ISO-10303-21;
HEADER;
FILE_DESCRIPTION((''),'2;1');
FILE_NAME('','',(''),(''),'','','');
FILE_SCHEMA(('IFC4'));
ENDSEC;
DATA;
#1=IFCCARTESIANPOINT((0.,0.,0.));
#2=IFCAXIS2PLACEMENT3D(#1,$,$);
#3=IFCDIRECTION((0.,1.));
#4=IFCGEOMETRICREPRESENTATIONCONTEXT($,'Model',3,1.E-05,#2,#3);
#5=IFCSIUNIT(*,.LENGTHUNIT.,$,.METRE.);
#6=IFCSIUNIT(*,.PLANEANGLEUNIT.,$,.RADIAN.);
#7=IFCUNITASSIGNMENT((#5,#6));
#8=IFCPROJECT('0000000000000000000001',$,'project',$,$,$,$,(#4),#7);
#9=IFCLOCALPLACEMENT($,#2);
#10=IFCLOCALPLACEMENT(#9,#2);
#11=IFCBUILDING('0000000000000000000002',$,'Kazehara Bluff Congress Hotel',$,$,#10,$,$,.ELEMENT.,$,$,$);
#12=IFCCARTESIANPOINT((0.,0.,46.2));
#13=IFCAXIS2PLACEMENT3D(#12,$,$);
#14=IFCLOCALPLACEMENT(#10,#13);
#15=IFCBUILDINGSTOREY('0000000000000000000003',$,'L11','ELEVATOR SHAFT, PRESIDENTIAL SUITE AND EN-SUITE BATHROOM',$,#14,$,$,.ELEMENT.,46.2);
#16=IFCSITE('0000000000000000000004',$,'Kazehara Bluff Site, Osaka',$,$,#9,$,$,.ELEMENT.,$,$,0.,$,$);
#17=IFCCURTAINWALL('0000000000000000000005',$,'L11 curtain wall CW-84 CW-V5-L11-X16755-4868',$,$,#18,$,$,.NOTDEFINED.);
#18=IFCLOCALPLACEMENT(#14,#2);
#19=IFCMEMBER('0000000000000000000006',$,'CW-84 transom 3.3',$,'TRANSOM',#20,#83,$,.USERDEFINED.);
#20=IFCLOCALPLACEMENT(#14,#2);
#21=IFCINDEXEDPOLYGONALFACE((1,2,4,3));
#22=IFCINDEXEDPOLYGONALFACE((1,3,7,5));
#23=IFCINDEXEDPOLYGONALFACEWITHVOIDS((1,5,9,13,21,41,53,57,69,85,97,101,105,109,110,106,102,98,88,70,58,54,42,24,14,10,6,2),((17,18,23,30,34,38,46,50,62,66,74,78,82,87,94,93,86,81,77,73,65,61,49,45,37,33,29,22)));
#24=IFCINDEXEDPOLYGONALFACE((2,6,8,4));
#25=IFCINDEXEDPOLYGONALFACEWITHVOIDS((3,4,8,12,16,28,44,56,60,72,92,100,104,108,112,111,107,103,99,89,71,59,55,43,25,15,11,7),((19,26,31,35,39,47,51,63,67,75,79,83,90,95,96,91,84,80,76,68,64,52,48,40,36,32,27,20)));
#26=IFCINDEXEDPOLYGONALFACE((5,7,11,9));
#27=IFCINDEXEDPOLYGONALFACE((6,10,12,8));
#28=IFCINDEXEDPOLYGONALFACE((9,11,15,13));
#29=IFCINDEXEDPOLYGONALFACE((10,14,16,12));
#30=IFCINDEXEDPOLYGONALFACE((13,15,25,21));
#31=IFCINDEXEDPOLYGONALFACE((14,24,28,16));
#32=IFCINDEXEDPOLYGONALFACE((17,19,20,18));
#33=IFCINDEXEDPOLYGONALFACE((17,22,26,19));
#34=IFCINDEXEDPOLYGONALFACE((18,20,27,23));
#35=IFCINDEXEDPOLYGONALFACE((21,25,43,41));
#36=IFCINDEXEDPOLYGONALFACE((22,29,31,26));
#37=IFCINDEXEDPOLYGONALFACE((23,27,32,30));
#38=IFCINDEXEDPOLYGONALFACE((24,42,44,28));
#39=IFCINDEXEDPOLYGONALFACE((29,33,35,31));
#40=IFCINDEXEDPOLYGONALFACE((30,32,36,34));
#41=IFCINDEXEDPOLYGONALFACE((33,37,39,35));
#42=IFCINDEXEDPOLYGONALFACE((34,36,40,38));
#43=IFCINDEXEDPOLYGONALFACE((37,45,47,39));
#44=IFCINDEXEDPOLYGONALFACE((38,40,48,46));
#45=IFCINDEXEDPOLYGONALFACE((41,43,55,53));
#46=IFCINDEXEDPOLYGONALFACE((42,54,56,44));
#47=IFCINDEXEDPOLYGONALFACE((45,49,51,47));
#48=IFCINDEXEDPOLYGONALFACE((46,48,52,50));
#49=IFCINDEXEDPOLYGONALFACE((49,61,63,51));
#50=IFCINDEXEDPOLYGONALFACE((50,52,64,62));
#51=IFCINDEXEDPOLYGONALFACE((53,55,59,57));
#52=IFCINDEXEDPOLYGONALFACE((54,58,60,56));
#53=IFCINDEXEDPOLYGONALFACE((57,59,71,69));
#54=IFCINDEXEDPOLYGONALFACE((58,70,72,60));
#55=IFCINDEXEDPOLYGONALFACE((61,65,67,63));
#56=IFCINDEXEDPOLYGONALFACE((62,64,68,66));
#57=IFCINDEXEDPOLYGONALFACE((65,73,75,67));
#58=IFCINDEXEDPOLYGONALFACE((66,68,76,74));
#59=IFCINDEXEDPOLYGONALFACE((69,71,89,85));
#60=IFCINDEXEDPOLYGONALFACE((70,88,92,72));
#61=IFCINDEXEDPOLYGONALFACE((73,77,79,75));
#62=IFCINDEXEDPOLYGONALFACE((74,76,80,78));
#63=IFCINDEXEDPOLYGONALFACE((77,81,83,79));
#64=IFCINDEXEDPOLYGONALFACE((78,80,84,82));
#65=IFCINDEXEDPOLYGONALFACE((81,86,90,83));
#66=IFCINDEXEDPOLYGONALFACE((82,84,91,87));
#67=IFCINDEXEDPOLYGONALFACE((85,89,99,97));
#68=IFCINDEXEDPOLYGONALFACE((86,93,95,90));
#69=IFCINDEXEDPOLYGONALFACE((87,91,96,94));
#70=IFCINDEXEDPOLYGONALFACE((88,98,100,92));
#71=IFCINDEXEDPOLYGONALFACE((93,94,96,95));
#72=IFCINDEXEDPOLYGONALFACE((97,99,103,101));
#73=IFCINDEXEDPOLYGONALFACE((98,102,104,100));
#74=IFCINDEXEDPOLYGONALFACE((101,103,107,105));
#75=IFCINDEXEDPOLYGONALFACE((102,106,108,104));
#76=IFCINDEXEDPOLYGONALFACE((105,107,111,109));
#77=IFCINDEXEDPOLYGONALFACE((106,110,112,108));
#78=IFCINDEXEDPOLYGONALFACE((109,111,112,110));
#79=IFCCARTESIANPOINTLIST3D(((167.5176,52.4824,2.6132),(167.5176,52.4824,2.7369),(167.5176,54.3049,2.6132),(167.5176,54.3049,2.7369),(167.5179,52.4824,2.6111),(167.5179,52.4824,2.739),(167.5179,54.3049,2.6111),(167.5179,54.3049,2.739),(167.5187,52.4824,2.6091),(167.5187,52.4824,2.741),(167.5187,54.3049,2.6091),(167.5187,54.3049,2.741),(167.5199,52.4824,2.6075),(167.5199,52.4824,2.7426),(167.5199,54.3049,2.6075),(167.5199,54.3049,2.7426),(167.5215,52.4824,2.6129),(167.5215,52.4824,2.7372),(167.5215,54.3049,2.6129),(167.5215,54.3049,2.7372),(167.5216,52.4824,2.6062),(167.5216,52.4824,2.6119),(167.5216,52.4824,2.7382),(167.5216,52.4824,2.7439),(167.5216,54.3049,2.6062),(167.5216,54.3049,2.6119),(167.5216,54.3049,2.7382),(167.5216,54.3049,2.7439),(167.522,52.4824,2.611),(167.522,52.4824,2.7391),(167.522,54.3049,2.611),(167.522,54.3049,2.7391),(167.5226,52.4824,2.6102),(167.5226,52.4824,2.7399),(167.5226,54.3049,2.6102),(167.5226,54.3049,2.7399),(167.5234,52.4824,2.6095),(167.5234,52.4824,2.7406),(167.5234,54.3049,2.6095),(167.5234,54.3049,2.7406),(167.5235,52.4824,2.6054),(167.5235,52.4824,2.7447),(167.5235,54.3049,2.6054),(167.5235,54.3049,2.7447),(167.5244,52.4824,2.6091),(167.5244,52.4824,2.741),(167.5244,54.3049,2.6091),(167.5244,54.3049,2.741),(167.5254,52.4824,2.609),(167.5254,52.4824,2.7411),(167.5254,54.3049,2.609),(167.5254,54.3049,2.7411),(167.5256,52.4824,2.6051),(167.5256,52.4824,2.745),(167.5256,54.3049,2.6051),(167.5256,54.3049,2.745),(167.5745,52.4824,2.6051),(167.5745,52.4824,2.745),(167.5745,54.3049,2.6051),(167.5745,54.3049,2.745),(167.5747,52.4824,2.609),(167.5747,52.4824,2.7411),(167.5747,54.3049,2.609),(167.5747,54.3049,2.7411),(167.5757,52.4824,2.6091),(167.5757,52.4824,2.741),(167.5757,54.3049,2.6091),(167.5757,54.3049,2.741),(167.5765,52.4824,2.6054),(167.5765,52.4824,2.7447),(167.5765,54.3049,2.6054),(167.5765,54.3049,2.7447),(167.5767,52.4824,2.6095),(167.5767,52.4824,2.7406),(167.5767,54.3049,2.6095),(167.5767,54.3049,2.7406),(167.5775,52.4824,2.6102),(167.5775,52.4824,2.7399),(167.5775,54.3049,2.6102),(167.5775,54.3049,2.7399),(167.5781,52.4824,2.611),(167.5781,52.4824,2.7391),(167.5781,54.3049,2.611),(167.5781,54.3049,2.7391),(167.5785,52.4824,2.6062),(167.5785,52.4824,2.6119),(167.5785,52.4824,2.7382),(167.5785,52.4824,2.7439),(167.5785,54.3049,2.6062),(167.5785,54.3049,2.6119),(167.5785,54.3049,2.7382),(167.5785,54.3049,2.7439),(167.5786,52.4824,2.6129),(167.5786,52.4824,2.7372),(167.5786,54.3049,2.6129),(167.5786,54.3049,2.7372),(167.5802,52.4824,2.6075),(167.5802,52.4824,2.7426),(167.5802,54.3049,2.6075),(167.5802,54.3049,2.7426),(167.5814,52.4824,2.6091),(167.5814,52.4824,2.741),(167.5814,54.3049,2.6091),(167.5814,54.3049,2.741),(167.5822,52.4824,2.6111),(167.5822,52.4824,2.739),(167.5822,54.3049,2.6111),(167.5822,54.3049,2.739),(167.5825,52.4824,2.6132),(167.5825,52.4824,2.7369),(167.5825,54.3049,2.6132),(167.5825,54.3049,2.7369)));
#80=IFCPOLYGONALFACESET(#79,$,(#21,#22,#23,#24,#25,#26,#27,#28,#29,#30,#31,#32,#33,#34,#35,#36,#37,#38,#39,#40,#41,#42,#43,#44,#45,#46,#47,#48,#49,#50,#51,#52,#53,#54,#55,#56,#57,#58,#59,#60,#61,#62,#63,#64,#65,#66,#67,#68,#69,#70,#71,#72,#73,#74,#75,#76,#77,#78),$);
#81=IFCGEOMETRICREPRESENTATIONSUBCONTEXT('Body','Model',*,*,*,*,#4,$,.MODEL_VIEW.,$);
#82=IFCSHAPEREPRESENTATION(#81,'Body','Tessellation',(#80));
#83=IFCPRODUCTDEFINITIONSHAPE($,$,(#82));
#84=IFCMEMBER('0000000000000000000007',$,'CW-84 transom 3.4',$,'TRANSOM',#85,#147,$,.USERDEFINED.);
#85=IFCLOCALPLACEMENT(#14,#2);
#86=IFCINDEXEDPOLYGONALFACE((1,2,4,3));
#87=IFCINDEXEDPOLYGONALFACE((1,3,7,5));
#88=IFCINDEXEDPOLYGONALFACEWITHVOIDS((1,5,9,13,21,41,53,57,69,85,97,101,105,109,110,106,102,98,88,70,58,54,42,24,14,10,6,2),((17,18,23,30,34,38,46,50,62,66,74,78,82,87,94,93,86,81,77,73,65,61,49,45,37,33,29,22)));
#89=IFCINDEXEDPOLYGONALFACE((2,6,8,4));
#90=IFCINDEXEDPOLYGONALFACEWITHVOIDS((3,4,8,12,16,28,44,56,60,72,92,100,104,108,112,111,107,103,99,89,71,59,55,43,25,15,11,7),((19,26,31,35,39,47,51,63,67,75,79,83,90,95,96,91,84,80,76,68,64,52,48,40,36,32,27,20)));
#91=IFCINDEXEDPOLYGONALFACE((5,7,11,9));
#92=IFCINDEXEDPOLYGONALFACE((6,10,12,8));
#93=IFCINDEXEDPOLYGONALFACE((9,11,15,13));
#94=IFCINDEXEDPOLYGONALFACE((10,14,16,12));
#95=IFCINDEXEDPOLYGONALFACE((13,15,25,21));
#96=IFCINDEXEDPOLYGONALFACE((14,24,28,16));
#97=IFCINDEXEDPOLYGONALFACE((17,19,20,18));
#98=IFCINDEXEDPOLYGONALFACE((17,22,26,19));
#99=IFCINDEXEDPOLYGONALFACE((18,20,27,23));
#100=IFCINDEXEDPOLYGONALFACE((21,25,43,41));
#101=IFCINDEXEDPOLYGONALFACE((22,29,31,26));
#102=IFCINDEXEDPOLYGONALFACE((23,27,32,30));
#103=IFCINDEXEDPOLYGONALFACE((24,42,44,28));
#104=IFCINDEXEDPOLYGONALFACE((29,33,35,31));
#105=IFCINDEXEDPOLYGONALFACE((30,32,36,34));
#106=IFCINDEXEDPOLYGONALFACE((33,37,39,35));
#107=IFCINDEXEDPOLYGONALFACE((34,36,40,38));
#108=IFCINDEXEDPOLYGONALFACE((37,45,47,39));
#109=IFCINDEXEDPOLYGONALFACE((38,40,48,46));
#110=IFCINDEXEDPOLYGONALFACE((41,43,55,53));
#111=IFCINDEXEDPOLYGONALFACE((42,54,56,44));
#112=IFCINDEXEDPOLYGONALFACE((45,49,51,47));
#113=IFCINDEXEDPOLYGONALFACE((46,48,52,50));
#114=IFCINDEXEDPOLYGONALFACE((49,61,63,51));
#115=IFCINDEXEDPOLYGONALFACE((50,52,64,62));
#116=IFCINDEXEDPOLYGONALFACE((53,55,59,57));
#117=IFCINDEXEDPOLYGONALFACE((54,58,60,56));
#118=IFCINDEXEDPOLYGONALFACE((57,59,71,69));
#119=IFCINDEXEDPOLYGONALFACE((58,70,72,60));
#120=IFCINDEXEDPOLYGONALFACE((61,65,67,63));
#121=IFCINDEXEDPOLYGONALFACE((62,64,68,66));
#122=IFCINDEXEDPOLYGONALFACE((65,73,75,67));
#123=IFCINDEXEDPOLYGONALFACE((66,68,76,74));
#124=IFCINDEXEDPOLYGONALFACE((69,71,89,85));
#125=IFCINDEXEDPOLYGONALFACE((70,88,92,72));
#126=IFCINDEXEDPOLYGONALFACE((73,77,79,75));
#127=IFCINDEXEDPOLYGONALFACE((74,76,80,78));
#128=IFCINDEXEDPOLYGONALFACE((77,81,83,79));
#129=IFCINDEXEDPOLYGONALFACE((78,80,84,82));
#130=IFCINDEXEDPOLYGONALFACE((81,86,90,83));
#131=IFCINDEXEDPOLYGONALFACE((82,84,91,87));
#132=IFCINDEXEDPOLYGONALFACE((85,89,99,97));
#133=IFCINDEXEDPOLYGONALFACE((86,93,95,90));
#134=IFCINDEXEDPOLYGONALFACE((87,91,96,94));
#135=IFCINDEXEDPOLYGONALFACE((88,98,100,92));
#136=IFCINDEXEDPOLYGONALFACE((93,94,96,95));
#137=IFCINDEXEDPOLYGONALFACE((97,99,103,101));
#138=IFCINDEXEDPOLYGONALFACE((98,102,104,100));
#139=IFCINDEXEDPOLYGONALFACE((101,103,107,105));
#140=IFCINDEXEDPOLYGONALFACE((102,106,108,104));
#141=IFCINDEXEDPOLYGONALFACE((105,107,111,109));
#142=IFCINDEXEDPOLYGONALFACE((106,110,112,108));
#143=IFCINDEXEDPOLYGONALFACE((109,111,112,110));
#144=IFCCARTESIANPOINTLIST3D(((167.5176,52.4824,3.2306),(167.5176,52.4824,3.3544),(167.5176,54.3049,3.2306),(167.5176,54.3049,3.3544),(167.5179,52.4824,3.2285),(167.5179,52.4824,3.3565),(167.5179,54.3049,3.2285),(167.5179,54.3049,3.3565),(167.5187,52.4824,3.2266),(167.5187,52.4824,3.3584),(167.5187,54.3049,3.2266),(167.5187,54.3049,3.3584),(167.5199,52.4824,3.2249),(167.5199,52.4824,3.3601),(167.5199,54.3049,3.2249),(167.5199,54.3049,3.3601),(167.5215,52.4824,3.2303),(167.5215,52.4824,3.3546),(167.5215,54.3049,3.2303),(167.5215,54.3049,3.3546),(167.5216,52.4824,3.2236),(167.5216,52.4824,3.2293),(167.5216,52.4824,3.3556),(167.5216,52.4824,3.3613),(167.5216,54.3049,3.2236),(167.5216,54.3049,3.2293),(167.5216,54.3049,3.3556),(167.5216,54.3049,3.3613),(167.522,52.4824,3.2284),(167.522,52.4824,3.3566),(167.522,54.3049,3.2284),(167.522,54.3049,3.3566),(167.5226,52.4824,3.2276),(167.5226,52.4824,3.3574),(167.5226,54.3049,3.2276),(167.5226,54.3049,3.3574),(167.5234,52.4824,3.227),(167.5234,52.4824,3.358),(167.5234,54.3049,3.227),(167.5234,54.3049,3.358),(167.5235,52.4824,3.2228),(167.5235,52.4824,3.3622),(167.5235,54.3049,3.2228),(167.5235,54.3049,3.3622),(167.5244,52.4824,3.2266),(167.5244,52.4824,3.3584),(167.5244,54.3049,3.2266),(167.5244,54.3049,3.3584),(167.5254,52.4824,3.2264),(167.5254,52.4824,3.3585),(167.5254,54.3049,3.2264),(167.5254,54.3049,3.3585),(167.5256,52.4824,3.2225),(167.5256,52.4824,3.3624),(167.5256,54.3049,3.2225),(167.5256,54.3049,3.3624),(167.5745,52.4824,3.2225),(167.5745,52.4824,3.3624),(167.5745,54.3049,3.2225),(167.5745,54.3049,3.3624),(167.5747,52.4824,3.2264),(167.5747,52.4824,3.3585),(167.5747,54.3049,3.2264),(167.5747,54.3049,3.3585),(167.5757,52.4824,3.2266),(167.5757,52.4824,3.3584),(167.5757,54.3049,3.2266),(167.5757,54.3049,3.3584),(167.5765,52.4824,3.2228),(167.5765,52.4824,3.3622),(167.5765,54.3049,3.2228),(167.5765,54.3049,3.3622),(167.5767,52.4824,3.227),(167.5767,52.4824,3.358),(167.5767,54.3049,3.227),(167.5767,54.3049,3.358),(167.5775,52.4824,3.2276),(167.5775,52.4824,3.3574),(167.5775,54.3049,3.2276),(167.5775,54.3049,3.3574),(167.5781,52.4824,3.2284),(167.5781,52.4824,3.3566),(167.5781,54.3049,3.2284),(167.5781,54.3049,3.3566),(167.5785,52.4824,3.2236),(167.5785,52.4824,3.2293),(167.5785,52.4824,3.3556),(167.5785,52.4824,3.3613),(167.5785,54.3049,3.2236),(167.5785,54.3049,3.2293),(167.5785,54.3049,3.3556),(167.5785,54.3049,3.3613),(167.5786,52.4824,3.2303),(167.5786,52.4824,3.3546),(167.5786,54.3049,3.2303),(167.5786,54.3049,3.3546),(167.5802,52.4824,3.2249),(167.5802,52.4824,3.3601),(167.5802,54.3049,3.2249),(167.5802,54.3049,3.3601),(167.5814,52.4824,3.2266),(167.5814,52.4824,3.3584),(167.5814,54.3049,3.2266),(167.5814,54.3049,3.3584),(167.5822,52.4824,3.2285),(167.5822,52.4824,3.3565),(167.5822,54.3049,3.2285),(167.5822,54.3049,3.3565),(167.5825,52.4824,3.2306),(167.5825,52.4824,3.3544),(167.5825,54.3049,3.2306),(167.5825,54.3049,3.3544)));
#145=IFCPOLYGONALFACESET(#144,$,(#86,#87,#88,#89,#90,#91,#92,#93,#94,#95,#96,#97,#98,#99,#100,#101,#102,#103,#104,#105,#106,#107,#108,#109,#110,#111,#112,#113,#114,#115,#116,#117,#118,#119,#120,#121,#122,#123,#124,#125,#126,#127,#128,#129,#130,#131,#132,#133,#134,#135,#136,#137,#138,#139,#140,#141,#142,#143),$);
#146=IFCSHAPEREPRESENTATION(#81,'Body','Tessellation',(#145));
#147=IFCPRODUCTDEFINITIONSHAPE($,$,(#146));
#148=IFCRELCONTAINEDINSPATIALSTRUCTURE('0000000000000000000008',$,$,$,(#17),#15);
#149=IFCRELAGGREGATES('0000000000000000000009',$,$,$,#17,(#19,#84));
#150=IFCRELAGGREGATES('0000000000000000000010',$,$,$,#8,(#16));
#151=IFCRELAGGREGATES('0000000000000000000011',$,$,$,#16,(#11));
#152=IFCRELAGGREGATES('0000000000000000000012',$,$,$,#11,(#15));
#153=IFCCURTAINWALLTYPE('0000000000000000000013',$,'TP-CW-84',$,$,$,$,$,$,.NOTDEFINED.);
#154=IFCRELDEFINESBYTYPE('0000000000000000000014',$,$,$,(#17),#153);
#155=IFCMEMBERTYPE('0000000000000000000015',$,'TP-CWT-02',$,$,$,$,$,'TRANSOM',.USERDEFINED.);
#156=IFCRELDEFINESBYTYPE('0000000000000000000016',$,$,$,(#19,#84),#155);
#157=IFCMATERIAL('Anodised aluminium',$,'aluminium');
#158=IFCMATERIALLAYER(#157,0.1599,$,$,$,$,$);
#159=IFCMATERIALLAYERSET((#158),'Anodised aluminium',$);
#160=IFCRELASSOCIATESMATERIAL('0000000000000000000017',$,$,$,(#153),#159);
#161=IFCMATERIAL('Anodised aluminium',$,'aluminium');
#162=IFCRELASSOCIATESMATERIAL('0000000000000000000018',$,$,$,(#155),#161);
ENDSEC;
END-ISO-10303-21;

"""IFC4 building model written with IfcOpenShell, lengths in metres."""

from ifc_helpers import new_model, si_unit, direction, frame, origin, origin_2d, place, context, subcontext, project, spatial, hollow_rectangle, extrude, material, layer, layer_set, material_profile, profile_set, type_object, element, aggregate, save


model = new_model("IFC4")

# Units and contexts
model_context = context("Model", 3, precision=1e-05, world=origin(), true_north=direction((0.0, 1.0)))
body_context = subcontext(model_context, "Body", "Model", "MODEL_VIEW")
ifc_project = project(units=[si_unit("LENGTHUNIT", "METRE"), si_unit("PLANEANGLEUNIT", "RADIAN")], contexts=[model_context])

# Site, building, storey
site_placement = place(None, origin())
site = spatial("IfcSite", under=ifc_project, at=site_placement, Name="Kazehara Bluff Site, Osaka", CompositionType="ELEMENT", RefElevation=0.0)
building_placement = place(site_placement, origin())
building = spatial("IfcBuilding", under=site, at=building_placement, Name="Kazehara Bluff Congress Hotel", CompositionType="ELEMENT")
storey_placement = place(building_placement, frame((0.0, 0.0, 46.2)))
storey = spatial("IfcBuildingStorey", under=building, at=storey_placement, Name="L11", Description="ELEVATOR SHAFT, PRESIDENTIAL SUITE AND EN-SUITE BATHROOM", CompositionType="ELEMENT", Elevation=46.2)

# Curtain wall, members
ifc_material_1 = material(Name="Anodised aluminium", Category="aluminium")
ifc_layer_1 = layer(ifc_material_1, 0.1599)
ifc_layer_set_1 = layer_set([ifc_layer_1], Name="Anodised aluminium")
curtain_wall_type = type_object("IfcCurtainWallType", Name="TP-CW-84", PredefinedType="NOTDEFINED", material=ifc_layer_set_1)
curtain_wall_placement = place(storey_placement, origin())
curtain_wall = element("IfcCurtainWall", 1, at=curtain_wall_placement, inside=storey, type_object=curtain_wall_type, Name="L11 curtain wall CW-84 CW-V5-L11-X16755-4868", PredefinedType="NOTDEFINED")
ifc_material_2 = material(Name="Anodised aluminium", Category="aluminium")
ifc_material_profile_1 = material_profile(ifc_material_2, hollow_rectangle(XDim=0.0649, YDim=0.1399, WallThickness=0.0039, InnerFilletRadius=0.0039, OuterFilletRadius=0.0081, at=origin_2d()))
ifc_profile_set_1 = profile_set([ifc_material_profile_1], Name="Anodised aluminium")
member_type_1 = type_object("IfcMemberType", Name="TP-CWT-02", ElementType="TRANSOM", PredefinedType="USERDEFINED", material=ifc_profile_set_1)
member_1_placement = place(storey_placement, frame((167.55, 52.4824, 2.675), z_axis=(0.0, 1.0, 0.0), x_axis=(-1.0, 0.0, 0.0)))
member_1 = element("IfcMember", 2, at=member_1_placement, type_object=member_type_1, Name="CW-84 transom 3.3", ObjectType="TRANSOM", PredefinedType="USERDEFINED", context=body_context, shape_type="SweptSolid", body=[
    extrude(hollow_rectangle(XDim=0.0649, YDim=0.1399, WallThickness=0.0039, InnerFilletRadius=0.0039, OuterFilletRadius=0.0081, at=origin_2d()), origin(), (0.0, 0.0, 1.0), 1.8225),
])
member_2_placement = place(storey_placement, frame((167.55, 52.4824, 3.2925), z_axis=(0.0, 1.0, 0.0), x_axis=(-1.0, 0.0, 0.0)))
member_2 = element("IfcMember", 3, at=member_2_placement, type_object=member_type_1, Name="CW-84 transom 3.4", ObjectType="TRANSOM", PredefinedType="USERDEFINED", context=body_context, shape_type="SweptSolid", body=[
    extrude(hollow_rectangle(XDim=0.0649, YDim=0.1399, WallThickness=0.0039, InnerFilletRadius=0.0039, OuterFilletRadius=0.0081, at=origin_2d()), origin(), (0.0, 0.0, 1.0), 1.8225),
])

aggregate(curtain_wall, [member_1, member_2])

save(model, "model.ifc")
